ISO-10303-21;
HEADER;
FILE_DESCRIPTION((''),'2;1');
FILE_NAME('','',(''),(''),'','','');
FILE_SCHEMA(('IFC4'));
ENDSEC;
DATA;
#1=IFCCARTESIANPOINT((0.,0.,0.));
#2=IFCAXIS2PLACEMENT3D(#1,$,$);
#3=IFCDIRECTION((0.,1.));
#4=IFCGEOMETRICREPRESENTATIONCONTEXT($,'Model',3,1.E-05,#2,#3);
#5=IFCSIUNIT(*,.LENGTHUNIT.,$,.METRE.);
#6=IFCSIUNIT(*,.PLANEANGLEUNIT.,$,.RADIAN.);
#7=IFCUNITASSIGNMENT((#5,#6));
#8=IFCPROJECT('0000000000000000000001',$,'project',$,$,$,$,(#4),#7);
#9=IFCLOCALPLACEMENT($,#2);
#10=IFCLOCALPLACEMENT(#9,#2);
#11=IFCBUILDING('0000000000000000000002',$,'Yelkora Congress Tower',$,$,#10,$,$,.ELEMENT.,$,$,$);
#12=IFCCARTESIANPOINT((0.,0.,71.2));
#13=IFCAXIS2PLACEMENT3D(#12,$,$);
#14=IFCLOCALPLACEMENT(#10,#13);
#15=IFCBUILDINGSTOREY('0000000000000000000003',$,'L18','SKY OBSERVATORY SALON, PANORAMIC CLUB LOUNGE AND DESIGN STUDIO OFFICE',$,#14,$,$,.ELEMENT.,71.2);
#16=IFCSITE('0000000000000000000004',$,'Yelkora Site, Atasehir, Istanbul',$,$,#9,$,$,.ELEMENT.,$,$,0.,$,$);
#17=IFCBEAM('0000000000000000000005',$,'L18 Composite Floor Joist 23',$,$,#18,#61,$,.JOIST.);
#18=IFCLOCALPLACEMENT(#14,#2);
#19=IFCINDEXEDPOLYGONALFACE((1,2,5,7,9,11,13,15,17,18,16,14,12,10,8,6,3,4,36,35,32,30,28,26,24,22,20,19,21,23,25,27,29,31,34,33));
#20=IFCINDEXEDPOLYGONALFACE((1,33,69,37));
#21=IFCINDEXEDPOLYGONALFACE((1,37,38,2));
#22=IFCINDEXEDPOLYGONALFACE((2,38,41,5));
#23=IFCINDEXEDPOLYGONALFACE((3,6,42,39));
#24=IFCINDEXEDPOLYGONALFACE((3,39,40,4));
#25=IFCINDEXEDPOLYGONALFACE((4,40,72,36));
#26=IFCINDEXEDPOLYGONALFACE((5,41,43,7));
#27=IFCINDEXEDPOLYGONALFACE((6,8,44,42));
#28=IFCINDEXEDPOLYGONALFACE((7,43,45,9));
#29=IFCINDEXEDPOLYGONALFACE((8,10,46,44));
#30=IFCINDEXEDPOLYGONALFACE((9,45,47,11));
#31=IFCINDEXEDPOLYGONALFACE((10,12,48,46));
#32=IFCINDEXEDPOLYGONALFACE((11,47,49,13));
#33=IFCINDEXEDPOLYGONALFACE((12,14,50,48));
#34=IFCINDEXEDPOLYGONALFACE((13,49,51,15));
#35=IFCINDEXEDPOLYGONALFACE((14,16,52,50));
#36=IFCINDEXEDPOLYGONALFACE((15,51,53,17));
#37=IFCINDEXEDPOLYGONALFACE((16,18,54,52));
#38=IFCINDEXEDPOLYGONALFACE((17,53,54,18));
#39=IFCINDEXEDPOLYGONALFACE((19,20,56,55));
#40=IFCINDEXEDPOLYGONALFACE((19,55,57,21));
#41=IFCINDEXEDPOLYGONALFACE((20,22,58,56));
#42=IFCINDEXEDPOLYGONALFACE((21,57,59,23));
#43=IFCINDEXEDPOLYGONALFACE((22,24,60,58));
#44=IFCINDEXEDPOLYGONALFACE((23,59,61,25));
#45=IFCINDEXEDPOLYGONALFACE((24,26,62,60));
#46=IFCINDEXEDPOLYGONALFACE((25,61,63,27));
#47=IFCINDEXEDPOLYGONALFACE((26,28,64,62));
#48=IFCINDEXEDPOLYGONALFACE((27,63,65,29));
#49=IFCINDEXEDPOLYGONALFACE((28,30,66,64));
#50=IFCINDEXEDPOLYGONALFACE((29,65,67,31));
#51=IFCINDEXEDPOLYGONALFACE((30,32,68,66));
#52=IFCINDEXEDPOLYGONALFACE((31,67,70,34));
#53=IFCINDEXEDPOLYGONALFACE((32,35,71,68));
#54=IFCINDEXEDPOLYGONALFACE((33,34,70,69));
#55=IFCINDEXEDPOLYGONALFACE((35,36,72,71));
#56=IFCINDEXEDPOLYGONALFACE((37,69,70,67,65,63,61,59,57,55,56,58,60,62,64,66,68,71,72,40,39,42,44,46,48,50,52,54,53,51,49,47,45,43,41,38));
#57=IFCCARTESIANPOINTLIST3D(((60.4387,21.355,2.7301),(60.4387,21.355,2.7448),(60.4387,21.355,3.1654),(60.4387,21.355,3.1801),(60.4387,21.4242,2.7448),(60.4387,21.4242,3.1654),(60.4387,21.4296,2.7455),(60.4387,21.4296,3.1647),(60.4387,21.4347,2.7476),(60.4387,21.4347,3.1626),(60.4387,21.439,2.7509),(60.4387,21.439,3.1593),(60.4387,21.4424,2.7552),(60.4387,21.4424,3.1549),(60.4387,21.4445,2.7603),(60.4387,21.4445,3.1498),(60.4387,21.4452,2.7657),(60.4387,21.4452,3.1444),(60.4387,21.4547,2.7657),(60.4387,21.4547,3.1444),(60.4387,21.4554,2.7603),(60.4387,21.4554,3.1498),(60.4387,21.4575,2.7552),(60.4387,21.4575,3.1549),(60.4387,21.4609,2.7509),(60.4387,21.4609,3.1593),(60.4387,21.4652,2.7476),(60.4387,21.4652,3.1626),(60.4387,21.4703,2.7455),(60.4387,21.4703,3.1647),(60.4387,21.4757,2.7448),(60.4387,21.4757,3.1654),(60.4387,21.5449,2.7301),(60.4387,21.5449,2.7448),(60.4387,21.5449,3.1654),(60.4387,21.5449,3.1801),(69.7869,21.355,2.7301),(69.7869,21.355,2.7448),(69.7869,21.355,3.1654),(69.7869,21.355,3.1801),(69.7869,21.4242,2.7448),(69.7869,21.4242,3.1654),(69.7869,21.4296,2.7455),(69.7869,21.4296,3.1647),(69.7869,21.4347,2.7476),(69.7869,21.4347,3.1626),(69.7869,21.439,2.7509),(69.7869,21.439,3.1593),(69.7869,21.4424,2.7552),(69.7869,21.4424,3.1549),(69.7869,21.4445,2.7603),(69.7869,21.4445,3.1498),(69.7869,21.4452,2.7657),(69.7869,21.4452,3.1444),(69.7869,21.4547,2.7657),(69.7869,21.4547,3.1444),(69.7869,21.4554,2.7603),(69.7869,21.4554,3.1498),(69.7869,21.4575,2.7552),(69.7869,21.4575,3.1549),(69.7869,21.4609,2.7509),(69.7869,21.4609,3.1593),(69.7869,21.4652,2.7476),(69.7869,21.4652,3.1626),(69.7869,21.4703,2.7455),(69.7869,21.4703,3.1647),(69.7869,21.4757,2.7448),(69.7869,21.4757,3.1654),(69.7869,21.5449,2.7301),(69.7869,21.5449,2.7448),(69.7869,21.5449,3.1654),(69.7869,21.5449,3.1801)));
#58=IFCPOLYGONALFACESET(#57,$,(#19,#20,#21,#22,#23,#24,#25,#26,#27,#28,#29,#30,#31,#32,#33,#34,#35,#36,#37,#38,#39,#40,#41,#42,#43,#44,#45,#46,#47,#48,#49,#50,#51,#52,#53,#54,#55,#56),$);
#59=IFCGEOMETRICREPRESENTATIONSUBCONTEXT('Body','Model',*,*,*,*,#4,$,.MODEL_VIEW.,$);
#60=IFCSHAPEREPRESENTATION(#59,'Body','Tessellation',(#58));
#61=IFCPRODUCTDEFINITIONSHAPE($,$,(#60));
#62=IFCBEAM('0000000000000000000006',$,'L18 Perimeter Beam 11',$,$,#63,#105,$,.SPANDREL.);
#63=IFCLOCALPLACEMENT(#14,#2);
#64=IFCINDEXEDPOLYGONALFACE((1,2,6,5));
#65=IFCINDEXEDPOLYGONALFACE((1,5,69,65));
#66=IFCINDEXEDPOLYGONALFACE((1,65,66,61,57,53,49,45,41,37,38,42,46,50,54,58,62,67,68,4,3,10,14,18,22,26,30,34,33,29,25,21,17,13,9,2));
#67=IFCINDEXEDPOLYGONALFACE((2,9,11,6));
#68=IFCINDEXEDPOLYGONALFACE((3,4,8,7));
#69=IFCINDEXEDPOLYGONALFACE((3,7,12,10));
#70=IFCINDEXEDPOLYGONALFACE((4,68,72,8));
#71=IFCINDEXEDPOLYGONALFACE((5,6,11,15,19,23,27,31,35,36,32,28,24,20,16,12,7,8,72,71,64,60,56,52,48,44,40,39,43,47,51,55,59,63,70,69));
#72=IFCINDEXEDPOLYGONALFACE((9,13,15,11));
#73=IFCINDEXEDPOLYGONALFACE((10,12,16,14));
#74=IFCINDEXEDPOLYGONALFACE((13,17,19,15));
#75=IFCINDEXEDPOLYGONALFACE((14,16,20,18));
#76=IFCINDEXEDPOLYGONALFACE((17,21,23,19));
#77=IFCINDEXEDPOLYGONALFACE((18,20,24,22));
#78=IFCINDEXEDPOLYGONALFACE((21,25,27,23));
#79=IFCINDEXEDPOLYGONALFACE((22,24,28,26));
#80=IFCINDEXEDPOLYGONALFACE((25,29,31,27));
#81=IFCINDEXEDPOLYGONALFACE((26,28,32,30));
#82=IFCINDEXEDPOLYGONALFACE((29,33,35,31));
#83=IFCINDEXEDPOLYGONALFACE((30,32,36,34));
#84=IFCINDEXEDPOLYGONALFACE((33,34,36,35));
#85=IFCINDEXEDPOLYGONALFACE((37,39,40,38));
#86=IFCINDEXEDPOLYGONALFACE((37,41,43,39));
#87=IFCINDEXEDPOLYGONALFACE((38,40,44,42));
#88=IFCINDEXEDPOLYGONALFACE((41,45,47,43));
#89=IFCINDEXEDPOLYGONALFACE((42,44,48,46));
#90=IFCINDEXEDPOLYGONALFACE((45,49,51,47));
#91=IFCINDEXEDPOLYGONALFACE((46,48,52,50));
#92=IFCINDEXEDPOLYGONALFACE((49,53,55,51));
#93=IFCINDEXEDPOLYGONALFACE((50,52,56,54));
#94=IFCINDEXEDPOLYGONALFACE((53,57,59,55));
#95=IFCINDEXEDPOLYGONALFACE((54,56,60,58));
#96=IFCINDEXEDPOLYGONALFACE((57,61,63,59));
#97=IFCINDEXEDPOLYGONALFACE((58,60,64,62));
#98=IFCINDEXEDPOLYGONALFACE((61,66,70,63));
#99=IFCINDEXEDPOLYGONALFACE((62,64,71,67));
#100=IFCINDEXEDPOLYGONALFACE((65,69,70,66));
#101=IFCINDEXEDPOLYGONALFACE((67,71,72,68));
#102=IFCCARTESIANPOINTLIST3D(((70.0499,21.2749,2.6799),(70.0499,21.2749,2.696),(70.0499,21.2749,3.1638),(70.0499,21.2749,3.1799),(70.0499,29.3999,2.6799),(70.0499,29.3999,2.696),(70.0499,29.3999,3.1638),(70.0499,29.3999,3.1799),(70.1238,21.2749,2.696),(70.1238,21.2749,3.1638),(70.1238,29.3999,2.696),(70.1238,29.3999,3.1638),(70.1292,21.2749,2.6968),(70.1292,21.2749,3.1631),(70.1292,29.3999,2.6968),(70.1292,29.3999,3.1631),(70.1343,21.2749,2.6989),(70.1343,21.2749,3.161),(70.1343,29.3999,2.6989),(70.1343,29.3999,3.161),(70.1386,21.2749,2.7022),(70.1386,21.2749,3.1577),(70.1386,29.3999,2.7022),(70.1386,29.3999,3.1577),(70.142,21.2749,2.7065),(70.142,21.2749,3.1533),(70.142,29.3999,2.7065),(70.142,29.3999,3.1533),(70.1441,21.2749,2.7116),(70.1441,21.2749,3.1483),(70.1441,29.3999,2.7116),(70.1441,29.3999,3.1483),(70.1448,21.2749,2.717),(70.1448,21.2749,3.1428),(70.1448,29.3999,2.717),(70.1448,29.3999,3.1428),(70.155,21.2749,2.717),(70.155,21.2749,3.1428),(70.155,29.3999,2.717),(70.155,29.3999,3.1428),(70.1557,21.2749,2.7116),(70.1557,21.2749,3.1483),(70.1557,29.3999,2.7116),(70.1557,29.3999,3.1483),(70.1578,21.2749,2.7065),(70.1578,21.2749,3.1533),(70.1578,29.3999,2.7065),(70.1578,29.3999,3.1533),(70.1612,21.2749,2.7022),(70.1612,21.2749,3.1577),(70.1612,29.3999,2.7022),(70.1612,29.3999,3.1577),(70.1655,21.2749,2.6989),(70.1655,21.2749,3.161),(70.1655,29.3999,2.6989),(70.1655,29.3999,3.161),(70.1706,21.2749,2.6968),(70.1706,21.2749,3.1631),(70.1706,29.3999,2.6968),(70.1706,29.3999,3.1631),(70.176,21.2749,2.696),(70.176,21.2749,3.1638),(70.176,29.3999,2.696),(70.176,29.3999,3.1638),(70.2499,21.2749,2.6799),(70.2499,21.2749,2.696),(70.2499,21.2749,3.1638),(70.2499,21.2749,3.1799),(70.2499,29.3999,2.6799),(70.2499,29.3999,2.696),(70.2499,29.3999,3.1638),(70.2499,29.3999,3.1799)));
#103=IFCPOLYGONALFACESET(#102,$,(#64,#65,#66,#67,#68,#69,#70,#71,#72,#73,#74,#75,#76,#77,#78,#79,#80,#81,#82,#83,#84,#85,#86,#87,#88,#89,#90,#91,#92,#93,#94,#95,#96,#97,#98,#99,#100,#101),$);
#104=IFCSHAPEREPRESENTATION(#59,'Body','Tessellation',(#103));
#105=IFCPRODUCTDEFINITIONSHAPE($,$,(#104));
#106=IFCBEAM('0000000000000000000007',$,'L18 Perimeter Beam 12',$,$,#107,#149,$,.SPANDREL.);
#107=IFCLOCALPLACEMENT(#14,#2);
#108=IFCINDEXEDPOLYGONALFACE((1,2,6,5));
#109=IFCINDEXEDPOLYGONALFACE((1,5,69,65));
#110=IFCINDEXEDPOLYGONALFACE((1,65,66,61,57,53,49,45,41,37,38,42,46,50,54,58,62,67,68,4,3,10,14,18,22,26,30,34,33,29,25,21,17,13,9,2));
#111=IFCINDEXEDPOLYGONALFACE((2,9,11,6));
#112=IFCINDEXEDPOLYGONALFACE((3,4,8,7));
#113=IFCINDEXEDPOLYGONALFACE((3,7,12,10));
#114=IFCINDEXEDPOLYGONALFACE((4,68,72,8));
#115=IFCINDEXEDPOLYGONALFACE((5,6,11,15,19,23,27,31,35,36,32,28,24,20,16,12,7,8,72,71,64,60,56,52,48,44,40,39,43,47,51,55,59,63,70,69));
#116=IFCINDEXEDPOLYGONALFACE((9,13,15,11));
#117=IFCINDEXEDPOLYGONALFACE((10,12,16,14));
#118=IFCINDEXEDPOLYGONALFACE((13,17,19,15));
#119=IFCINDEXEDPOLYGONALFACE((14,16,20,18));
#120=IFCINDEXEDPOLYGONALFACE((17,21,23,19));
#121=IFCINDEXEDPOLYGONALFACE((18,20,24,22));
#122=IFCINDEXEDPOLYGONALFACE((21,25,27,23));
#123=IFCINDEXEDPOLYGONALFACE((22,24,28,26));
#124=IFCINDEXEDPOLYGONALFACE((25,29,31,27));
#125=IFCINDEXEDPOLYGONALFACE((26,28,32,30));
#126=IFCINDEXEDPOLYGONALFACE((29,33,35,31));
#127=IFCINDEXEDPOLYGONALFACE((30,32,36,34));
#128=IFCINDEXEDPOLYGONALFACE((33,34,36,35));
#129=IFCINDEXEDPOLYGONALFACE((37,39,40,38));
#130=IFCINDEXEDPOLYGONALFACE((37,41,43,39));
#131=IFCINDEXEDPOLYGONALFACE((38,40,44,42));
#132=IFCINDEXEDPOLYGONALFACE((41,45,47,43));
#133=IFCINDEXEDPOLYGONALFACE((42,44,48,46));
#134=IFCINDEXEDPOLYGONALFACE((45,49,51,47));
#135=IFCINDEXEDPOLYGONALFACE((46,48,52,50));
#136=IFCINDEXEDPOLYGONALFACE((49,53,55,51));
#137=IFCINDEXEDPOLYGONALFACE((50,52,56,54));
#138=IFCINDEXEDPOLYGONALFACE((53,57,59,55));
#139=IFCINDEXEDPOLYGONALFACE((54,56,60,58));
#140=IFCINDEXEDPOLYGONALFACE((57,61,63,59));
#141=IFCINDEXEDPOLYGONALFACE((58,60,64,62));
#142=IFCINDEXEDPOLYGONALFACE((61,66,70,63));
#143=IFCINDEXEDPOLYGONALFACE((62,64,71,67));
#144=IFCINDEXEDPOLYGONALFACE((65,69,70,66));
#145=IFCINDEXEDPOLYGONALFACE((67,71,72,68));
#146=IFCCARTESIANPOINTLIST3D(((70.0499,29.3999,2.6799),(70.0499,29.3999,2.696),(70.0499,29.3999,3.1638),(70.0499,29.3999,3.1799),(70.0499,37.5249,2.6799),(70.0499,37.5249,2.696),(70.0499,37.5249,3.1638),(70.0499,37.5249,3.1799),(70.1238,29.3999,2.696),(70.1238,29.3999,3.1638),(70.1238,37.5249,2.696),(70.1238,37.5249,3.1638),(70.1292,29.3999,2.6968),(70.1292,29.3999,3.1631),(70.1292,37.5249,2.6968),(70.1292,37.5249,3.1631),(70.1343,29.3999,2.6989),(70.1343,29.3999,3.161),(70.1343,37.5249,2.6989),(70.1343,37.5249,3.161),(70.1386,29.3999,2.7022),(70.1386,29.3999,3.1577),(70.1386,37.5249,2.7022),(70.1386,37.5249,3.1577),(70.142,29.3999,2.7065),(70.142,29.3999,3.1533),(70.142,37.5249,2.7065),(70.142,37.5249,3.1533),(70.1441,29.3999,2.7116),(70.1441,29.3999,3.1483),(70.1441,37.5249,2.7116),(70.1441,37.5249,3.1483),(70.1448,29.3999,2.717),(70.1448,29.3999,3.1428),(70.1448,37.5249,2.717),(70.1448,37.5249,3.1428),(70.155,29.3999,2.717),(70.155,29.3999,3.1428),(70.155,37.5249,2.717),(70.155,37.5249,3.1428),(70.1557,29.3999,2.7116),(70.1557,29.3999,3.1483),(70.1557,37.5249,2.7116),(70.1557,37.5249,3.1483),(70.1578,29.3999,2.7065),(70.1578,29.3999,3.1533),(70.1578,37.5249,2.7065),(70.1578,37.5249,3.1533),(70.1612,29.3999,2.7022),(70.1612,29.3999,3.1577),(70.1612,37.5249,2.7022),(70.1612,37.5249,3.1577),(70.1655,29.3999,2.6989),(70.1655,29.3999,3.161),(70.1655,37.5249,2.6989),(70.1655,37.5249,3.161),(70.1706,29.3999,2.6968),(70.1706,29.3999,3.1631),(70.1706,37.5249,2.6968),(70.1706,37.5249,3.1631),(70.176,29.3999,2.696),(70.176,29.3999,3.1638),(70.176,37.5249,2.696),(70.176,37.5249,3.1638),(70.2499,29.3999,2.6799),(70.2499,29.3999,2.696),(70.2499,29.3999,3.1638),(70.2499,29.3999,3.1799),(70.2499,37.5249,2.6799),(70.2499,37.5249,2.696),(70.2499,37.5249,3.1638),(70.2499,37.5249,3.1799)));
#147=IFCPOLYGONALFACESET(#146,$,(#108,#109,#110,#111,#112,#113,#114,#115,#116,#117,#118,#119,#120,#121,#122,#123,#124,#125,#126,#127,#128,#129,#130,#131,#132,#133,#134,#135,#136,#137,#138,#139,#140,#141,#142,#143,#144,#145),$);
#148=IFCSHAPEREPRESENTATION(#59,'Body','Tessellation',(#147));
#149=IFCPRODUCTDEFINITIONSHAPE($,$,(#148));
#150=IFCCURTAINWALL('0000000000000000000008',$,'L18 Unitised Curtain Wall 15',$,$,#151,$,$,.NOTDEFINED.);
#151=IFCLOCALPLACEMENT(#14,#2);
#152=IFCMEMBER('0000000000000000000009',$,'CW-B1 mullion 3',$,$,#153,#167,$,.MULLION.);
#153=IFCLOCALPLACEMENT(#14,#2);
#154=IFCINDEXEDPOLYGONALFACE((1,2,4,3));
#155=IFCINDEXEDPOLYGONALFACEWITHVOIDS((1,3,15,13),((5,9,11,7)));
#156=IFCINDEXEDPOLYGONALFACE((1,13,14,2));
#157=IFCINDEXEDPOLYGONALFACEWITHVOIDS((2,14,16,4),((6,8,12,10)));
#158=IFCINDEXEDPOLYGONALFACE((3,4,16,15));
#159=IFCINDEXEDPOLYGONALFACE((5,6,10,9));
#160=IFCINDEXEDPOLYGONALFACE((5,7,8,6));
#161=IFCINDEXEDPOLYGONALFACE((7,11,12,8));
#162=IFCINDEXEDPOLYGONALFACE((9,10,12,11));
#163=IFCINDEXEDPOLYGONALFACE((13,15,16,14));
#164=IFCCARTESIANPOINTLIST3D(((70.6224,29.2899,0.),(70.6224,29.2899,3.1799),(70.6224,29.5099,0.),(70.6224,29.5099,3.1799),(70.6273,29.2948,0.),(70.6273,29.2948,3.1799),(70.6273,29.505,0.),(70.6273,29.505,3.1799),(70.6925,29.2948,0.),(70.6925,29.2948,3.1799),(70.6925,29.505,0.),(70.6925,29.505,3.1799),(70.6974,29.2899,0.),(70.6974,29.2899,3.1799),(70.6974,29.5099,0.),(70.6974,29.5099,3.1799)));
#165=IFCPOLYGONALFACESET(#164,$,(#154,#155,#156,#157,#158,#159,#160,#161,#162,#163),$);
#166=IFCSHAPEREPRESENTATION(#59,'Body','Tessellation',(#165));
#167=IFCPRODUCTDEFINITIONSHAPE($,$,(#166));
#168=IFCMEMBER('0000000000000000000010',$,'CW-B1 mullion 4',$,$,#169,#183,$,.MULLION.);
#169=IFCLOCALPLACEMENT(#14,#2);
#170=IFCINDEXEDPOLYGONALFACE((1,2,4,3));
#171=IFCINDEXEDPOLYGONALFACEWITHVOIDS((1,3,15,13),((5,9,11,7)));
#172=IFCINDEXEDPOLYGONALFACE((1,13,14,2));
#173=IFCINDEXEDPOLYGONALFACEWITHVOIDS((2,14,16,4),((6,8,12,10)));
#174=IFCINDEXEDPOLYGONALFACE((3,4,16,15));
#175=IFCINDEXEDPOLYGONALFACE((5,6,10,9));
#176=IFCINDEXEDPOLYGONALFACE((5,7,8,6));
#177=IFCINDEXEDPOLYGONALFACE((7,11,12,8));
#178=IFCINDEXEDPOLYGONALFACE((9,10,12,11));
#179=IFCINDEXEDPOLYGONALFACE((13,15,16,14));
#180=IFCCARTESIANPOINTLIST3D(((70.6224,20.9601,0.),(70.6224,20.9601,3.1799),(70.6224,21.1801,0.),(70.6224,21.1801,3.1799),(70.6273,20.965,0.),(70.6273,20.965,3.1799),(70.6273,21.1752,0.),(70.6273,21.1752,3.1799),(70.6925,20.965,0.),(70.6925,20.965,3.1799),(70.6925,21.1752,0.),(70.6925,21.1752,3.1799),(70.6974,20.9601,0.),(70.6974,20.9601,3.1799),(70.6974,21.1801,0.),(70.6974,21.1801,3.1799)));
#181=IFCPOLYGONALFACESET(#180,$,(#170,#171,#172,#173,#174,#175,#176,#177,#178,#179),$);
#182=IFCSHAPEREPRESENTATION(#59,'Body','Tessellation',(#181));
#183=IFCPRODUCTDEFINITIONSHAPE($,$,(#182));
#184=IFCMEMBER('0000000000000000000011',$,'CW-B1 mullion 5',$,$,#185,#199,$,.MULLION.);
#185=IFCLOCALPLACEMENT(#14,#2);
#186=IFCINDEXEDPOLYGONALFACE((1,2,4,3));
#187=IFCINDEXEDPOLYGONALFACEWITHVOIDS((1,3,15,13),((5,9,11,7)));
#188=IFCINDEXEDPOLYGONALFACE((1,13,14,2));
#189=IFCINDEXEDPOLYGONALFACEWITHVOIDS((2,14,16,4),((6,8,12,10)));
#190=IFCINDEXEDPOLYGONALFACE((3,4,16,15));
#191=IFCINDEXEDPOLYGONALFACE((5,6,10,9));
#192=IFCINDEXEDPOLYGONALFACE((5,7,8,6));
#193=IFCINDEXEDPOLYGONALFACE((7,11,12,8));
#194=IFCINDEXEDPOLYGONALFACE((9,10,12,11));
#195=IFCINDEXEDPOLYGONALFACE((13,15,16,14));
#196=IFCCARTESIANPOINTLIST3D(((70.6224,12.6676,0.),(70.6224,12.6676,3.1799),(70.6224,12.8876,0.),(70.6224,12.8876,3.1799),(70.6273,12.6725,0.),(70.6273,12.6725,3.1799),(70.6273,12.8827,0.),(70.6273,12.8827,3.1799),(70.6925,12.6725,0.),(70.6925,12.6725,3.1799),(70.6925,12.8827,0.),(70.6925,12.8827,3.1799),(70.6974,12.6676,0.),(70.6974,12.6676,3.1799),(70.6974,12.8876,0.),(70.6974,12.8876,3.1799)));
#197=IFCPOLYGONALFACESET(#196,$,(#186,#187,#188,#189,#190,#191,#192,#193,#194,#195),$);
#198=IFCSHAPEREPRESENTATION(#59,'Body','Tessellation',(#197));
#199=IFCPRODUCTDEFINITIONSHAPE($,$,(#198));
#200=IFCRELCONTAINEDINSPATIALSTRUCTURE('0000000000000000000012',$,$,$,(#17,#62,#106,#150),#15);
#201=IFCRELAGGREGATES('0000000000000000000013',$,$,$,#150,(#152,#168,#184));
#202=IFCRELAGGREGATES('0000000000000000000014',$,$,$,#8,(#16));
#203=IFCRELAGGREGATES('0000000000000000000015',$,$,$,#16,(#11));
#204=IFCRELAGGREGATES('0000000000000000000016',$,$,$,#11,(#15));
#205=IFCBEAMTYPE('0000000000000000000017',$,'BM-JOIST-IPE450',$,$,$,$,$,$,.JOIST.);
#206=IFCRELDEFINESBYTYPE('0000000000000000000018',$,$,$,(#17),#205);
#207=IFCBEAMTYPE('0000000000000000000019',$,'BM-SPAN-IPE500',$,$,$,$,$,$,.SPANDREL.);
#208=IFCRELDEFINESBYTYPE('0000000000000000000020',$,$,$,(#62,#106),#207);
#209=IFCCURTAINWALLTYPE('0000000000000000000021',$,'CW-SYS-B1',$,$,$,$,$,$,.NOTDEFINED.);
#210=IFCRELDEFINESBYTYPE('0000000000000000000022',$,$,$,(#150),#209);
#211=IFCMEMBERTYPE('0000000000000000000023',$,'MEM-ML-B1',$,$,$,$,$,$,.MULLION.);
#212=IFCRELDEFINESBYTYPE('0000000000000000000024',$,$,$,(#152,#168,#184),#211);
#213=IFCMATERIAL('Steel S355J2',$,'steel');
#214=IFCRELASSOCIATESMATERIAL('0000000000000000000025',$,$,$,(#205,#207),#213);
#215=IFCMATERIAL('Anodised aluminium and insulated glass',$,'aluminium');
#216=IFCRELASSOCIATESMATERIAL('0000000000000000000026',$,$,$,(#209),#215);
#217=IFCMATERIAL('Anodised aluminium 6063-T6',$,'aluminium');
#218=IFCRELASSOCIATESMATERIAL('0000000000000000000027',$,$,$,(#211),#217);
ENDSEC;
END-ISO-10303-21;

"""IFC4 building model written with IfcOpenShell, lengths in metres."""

from ifc_helpers import new_model, si_unit, direction, frame, origin, origin_2d, place, context, subcontext, project, spatial, hollow_rectangle, i_section, extrude, material, material_profile, profile_set, type_object, element, aggregate, save


model = new_model("IFC4")

# Units and contexts
model_context = context("Model", 3, precision=1e-05, world=origin(), true_north=direction((0.0, 1.0)))
body_context = subcontext(model_context, "Body", "Model", "MODEL_VIEW")
ifc_project = project(units=[si_unit("LENGTHUNIT", "METRE"), si_unit("PLANEANGLEUNIT", "RADIAN")], contexts=[model_context])

# Site, building, storey
site_placement = place(None, origin())
site = spatial("IfcSite", under=ifc_project, at=site_placement, Name="Yelkora Site, Atasehir, Istanbul", CompositionType="ELEMENT", RefElevation=0.0)
building_placement = place(site_placement, origin())
building = spatial("IfcBuilding", under=site, at=building_placement, Name="Yelkora Congress Tower", CompositionType="ELEMENT")
storey_placement = place(building_placement, frame((0.0, 0.0, 71.2)))
storey = spatial("IfcBuildingStorey", under=building, at=storey_placement, Name="L18", Description="SKY OBSERVATORY SALON, PANORAMIC CLUB LOUNGE AND DESIGN STUDIO OFFICE", CompositionType="ELEMENT", Elevation=71.2)

# Beams
ifc_material_1 = material(Name="Steel S355J2", Category="steel")
ifc_material_profile_1 = material_profile(ifc_material_1, i_section(OverallWidth=0.1899, OverallDepth=0.45, WebThickness=0.0095, FlangeThickness=0.0146, FilletRadius=0.021, at=origin_2d()), Name="IPE 450")
ifc_profile_set_1 = profile_set([ifc_material_profile_1], Name="Steel S355J2")
beam_type_1 = type_object("IfcBeamType", Name="BM-JOIST-IPE450", PredefinedType="JOIST", material=ifc_profile_set_1)
beam_1_placement = place(storey_placement, frame((60.4387, 21.45, 2.9551), z_axis=(1.0, 0.0, 0.0), x_axis=(0.0, 1.0, 0.0)))
element("IfcBeam", 1, at=beam_1_placement, inside=storey, type_object=beam_type_1, Name="L18 Composite Floor Joist 23", PredefinedType="JOIST", context=body_context, shape_type="SweptSolid", body=[
    extrude(i_section(OverallWidth=0.1899, OverallDepth=0.45, WebThickness=0.0095, FlangeThickness=0.0146, FilletRadius=0.021, at=origin_2d()), origin(), (0.0, 0.0, 1.0), 9.3481),
])
ifc_material_profile_2 = material_profile(ifc_material_1, i_section(OverallWidth=0.2, OverallDepth=0.5, WebThickness=0.0103, FlangeThickness=0.0161, FilletRadius=0.021, at=origin_2d()), Name="IPE 500")
ifc_profile_set_2 = profile_set([ifc_material_profile_2], Name="Steel S355J2")
beam_type_2 = type_object("IfcBeamType", Name="BM-SPAN-IPE500", PredefinedType="SPANDREL", material=ifc_profile_set_2)
for number, where, z_axis, x_axis, name in (
    (2, (70.1499, 21.2749, 2.9299), (0.0, 1.0, 0.0), (-1.0, 0.0, 0.0), "L18 Perimeter Beam 11"),
    (3, (70.1499, 29.3999, 2.9299), (0.0, 1.0, 0.0), (-1.0, 0.0, 0.0), "L18 Perimeter Beam 12"),
):
    element("IfcBeam", number, at=place(storey_placement, frame(where, z_axis=z_axis, x_axis=x_axis)), inside=storey, type_object=beam_type_2, Name=name, PredefinedType="SPANDREL", context=body_context, shape_type="SweptSolid", body=[
        extrude(i_section(OverallWidth=0.2, OverallDepth=0.5, WebThickness=0.0103, FlangeThickness=0.0161, FilletRadius=0.021, at=origin_2d()), origin(), (0.0, 0.0, 1.0), 8.125),
    ])

# Curtain wall, members
ifc_material_2 = material(Name="Anodised aluminium and insulated glass", Category="aluminium")
curtain_wall_type = type_object("IfcCurtainWallType", Name="CW-SYS-B1", PredefinedType="NOTDEFINED", material=ifc_material_2)
curtain_wall_placement = place(storey_placement, origin())
curtain_wall = element("IfcCurtainWall", 4, at=curtain_wall_placement, inside=storey, type_object=curtain_wall_type, Name="L18 Unitised Curtain Wall 15", PredefinedType="NOTDEFINED")
ifc_material_3 = material(Name="Anodised aluminium 6063-T6", Category="aluminium")
ifc_material_profile_3 = material_profile(ifc_material_3, hollow_rectangle(XDim=0.075, YDim=0.22, WallThickness=0.0049, at=origin_2d()), Name="ALU 75x220x5")
ifc_profile_set_3 = profile_set([ifc_material_profile_3], Name="Anodised aluminium 6063-T6")
member_type_1 = type_object("IfcMemberType", Name="MEM-ML-B1", PredefinedType="MULLION", material=ifc_profile_set_3)
member_1_placement = place(storey_placement, frame((70.6599, 29.3999, 0.0), z_axis=(0.0, 0.0, 1.0), x_axis=(1.0, 0.0, 0.0)))
member_1 = element("IfcMember", 5, at=member_1_placement, type_object=member_type_1, Name="CW-B1 mullion 3", PredefinedType="MULLION", context=body_context, shape_type="SweptSolid", body=[
    extrude(hollow_rectangle(XDim=0.075, YDim=0.22, WallThickness=0.0049, at=origin_2d()), origin(), (0.0, 0.0, 1.0), 3.1799),
])
member_2_placement = place(storey_placement, frame((70.6599, 21.0701, 0.0), z_axis=(0.0, 0.0, 1.0), x_axis=(1.0, 0.0, 0.0)))
member_2 = element("IfcMember", 6, at=member_2_placement, type_object=member_type_1, Name="CW-B1 mullion 4", PredefinedType="MULLION", context=body_context, shape_type="SweptSolid", body=[
    extrude(hollow_rectangle(XDim=0.075, YDim=0.22, WallThickness=0.0049, at=origin_2d()), origin(), (0.0, 0.0, 1.0), 3.1799),
])
member_3_placement = place(storey_placement, frame((70.6599, 12.7776, 0.0), z_axis=(0.0, 0.0, 1.0), x_axis=(1.0, 0.0, 0.0)))
member_3 = element("IfcMember", 7, at=member_3_placement, type_object=member_type_1, Name="CW-B1 mullion 5", PredefinedType="MULLION", context=body_context, shape_type="SweptSolid", body=[
    extrude(hollow_rectangle(XDim=0.075, YDim=0.22, WallThickness=0.0049, at=origin_2d()), origin(), (0.0, 0.0, 1.0), 3.1799),
])
aggregate(curtain_wall, [member_1, member_2, member_3])

save(model, "model.ifc")
